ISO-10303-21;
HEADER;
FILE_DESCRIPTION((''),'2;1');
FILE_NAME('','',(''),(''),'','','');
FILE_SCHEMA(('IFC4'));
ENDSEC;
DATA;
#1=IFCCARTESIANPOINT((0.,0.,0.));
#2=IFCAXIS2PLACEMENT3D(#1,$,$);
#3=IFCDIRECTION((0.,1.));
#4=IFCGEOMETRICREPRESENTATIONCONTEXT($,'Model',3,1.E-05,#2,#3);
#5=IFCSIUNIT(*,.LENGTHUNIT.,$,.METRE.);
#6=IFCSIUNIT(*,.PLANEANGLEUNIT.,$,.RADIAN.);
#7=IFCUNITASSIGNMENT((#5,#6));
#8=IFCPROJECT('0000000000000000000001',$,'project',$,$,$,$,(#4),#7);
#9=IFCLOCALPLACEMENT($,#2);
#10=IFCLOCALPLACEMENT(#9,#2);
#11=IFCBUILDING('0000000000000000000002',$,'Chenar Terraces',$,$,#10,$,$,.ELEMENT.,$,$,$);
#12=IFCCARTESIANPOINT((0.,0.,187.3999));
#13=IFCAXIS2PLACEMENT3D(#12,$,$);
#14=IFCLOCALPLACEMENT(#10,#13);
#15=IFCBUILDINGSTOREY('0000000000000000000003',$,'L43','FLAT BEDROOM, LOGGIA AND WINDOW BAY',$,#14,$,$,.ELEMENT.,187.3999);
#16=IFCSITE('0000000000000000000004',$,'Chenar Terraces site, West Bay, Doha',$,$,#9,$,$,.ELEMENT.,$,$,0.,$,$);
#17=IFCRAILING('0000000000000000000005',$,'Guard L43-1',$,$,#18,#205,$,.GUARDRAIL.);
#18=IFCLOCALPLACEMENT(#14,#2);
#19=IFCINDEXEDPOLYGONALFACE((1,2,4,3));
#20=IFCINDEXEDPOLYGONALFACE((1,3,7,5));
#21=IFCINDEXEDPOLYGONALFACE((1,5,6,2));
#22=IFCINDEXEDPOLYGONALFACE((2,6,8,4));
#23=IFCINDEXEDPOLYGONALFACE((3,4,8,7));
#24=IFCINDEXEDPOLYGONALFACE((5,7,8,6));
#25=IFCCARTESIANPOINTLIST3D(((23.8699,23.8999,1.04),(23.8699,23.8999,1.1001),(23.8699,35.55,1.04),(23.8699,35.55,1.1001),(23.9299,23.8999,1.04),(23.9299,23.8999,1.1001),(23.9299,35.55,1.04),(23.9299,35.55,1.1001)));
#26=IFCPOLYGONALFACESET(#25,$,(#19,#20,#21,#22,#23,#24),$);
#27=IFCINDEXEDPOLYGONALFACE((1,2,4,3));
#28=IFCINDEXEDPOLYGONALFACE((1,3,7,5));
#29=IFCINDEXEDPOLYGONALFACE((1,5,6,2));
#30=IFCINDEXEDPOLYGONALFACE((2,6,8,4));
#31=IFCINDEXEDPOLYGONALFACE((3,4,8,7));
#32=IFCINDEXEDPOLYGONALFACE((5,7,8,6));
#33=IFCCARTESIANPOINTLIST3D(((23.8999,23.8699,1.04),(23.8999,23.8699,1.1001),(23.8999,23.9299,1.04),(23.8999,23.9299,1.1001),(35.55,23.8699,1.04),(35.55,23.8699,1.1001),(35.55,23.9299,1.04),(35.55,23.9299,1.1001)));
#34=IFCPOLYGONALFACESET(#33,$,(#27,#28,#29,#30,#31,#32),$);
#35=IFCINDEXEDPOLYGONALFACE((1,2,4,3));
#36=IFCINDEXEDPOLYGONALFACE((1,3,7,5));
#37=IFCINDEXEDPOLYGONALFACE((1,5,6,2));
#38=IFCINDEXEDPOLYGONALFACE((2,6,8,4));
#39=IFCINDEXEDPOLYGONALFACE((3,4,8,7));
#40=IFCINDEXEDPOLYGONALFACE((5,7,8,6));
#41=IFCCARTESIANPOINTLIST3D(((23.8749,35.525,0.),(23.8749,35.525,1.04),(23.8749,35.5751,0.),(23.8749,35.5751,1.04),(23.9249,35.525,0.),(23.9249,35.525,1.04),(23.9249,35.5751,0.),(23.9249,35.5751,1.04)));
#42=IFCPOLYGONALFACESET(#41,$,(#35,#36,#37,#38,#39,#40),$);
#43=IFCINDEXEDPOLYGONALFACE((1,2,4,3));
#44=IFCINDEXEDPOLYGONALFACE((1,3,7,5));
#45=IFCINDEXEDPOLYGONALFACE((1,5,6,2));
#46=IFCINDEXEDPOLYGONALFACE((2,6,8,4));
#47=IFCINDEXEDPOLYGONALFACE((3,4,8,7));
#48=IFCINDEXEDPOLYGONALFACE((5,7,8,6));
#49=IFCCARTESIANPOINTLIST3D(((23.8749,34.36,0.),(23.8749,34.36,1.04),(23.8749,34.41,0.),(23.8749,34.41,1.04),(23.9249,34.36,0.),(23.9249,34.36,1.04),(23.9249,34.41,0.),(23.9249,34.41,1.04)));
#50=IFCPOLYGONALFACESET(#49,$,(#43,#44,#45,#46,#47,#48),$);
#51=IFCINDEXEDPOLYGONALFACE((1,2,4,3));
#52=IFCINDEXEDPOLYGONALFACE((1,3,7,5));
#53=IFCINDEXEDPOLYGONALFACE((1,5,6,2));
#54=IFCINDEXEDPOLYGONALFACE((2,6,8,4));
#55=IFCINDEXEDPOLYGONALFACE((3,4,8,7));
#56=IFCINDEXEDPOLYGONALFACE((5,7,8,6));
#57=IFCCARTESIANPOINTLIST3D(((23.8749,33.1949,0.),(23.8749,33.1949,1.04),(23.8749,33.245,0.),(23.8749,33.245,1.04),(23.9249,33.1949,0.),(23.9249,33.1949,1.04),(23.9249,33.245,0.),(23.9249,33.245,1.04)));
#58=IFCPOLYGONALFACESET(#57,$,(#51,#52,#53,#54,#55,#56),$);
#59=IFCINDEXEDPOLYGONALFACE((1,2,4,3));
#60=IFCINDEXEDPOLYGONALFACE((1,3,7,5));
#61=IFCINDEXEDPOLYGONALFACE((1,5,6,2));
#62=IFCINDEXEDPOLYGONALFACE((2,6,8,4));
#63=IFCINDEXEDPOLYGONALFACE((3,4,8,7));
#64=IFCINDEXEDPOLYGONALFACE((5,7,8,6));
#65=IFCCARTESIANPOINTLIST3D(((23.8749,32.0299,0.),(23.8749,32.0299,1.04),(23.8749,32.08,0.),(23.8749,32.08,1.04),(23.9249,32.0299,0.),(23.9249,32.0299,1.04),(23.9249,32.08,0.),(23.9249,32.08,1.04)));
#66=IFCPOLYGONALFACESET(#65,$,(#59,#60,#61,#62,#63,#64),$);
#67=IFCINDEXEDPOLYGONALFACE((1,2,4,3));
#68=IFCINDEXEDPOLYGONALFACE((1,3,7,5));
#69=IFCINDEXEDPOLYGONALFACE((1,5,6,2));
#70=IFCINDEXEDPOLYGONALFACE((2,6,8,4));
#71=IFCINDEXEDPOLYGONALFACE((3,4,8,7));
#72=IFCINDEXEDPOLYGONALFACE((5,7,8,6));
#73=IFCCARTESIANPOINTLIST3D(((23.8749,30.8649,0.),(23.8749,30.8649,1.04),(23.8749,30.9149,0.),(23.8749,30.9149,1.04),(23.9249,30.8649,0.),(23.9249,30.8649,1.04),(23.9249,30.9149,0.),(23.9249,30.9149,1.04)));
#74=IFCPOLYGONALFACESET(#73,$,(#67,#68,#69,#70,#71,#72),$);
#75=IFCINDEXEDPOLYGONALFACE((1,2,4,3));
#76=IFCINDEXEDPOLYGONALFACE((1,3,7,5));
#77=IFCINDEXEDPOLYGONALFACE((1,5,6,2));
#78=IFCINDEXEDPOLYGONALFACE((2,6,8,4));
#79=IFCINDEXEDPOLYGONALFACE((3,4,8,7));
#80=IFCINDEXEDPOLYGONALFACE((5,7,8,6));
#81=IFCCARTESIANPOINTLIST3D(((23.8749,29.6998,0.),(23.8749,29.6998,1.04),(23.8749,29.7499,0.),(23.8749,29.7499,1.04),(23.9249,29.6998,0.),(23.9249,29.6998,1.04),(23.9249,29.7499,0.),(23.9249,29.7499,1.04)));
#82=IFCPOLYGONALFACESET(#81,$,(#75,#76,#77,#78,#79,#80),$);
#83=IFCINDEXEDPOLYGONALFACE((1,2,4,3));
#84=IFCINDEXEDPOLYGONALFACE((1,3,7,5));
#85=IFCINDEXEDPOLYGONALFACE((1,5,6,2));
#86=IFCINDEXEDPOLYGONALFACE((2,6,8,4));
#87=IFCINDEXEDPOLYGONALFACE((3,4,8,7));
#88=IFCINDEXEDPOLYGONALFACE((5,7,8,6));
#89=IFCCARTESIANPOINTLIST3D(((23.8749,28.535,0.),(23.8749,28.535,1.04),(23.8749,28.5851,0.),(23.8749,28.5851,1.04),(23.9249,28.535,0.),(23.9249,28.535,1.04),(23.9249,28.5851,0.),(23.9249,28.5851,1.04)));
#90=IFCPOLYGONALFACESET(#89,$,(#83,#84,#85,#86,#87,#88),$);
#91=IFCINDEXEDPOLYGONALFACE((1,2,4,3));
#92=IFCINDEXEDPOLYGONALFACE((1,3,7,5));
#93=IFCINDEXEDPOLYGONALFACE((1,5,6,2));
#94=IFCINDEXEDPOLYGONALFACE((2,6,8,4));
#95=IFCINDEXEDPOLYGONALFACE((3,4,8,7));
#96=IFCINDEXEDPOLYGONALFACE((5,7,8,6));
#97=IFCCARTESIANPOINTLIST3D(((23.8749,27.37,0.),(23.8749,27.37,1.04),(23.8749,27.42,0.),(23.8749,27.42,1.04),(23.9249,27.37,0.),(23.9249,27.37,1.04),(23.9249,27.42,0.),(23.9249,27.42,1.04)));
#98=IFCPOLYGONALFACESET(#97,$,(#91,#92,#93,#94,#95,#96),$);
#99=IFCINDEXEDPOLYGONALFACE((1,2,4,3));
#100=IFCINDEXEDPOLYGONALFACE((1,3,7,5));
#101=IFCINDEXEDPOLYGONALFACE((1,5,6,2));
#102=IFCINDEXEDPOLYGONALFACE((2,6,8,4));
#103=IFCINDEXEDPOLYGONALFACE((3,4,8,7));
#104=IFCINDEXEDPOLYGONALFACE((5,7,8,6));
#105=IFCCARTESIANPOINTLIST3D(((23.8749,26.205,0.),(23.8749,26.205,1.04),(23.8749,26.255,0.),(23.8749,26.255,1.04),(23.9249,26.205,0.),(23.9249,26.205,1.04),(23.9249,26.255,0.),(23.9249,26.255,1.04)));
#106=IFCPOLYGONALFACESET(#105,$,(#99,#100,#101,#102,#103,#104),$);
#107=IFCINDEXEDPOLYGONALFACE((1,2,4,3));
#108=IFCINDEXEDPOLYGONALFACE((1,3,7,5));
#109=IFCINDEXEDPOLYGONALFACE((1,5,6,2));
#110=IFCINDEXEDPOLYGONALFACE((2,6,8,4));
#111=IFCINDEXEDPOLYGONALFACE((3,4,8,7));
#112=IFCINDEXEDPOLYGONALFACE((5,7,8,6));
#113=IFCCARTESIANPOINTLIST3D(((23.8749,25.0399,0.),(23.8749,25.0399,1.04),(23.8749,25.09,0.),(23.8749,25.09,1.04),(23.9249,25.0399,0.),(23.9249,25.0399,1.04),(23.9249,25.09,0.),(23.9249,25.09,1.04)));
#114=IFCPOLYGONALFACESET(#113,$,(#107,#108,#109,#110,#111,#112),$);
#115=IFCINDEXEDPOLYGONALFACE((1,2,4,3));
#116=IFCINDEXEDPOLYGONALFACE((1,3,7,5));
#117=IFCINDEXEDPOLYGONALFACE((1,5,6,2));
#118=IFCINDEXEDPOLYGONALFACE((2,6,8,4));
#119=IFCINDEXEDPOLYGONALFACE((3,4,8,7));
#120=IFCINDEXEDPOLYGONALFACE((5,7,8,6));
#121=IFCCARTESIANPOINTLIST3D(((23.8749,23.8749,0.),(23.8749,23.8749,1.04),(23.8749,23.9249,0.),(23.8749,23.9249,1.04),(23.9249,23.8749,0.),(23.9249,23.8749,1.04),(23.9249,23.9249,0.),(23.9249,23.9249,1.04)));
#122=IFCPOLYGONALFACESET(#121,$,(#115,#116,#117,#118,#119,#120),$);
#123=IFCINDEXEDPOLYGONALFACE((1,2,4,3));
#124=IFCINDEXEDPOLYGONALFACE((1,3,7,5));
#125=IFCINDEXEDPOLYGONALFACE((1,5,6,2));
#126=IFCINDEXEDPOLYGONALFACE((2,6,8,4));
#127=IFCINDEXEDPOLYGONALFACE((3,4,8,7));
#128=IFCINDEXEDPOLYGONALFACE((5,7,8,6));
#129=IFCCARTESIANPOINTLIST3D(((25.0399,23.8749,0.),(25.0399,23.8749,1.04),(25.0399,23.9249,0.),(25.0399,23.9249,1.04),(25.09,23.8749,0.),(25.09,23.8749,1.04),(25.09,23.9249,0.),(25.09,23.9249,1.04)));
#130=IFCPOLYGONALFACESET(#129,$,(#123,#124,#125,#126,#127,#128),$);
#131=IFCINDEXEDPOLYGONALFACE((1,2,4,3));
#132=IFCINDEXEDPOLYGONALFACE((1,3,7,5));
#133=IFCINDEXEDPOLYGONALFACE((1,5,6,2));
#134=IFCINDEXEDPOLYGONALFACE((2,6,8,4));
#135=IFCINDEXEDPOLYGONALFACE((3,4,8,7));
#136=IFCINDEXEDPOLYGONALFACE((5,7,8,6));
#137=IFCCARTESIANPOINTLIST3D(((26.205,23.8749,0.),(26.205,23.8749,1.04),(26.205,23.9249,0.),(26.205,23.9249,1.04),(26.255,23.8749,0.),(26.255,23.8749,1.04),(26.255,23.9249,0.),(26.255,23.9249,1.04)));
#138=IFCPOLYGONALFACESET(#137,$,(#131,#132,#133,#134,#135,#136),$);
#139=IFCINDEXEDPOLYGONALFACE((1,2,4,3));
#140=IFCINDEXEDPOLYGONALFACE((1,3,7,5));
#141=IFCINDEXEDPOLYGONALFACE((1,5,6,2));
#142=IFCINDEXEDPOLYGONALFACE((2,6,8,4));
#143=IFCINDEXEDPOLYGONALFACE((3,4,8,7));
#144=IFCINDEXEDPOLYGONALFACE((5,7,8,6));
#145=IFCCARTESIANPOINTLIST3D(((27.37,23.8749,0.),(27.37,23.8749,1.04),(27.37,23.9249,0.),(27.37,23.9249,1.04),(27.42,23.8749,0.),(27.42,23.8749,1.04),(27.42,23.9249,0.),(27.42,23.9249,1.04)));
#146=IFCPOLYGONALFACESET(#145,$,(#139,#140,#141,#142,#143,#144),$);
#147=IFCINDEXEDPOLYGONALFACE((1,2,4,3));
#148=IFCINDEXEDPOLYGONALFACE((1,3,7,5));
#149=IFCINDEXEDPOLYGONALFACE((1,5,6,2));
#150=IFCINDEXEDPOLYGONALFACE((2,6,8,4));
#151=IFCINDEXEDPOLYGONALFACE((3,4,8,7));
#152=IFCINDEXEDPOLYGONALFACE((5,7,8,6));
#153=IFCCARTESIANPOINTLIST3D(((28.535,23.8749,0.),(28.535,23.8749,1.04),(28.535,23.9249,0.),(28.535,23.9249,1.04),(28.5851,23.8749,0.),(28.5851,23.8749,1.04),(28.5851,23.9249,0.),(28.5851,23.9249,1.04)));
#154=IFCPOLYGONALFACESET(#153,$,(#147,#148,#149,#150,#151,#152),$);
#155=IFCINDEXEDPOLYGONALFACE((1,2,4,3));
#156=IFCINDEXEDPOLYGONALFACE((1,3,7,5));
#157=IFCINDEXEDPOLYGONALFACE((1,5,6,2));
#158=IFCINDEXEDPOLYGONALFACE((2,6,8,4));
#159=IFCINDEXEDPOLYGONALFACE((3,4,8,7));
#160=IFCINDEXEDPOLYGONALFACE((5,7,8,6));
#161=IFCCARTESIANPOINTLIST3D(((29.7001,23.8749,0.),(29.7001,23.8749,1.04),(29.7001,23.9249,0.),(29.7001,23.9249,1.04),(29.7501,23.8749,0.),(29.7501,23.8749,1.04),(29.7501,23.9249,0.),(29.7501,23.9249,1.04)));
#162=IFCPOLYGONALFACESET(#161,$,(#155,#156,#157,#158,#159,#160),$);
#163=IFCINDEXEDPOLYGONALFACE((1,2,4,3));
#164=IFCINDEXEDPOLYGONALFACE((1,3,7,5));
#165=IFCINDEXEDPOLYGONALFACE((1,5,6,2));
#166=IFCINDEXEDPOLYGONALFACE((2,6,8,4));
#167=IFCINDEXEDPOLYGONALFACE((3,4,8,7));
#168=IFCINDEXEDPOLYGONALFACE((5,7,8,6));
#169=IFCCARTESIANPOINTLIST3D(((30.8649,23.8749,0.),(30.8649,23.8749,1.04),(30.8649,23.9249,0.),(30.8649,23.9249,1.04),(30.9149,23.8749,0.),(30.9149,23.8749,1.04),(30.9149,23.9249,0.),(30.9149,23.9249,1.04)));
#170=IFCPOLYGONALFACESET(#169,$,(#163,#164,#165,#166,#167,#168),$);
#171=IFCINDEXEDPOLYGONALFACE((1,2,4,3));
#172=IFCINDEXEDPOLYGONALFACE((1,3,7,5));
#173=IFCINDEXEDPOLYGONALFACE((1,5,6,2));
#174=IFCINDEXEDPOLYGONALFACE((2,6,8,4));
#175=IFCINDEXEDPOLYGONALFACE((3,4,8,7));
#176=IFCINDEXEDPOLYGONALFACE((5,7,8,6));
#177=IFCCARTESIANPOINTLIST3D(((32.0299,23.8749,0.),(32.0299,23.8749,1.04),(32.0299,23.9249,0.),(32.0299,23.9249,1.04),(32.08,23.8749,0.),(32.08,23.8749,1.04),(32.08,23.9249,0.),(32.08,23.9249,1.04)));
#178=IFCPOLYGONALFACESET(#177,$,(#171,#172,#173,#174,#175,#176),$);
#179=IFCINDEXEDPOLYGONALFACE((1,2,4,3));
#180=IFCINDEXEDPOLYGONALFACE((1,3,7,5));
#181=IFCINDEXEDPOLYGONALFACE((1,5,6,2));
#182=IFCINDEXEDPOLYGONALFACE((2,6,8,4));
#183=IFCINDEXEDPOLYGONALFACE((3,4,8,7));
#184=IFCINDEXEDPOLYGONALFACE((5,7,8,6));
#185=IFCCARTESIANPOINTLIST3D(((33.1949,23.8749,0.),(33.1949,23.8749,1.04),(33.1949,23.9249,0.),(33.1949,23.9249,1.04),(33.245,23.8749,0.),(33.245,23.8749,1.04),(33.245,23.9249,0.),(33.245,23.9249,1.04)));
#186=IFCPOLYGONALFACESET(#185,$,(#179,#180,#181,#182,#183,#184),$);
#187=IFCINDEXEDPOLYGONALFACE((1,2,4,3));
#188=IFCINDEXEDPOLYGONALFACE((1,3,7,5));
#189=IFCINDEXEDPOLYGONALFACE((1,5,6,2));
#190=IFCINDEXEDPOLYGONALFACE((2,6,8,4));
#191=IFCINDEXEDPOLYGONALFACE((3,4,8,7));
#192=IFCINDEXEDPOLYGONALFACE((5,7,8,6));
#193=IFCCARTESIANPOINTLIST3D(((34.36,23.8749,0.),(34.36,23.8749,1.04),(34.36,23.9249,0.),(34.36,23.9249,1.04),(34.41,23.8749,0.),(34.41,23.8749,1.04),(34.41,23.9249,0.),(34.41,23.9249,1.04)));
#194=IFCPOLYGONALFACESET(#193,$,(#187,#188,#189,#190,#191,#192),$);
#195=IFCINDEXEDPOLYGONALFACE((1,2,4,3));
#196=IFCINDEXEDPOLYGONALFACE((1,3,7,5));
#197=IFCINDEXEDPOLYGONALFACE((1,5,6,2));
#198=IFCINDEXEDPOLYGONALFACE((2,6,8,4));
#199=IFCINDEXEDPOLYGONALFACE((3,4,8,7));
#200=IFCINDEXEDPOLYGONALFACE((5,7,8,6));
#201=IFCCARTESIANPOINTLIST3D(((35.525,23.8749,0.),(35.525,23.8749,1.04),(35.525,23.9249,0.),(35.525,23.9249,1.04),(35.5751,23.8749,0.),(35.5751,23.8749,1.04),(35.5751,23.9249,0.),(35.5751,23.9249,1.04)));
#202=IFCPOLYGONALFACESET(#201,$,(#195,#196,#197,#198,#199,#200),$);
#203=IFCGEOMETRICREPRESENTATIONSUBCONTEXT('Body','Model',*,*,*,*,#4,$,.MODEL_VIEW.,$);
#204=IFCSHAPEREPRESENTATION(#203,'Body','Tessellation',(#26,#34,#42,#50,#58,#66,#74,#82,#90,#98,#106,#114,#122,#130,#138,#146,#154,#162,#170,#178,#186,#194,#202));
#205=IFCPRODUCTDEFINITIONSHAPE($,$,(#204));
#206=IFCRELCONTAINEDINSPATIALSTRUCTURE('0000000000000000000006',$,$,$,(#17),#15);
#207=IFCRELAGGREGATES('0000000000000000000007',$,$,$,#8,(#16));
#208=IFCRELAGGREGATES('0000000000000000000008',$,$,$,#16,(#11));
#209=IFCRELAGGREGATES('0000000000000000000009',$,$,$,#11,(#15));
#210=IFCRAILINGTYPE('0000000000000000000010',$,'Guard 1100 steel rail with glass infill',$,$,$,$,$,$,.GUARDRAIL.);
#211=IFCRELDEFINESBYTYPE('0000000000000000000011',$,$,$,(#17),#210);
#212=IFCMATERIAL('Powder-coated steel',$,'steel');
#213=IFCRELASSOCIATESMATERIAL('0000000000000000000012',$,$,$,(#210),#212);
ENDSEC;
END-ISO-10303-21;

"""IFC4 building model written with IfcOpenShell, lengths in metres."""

from ifc_helpers import new_model, si_unit, direction, frame, origin, origin_2d, place, context, subcontext, project, spatial, rectangle, extrude, material, type_object, element, save


model = new_model("IFC4")

# Units and contexts
model_context = context("Model", 3, precision=1e-05, world=origin(), true_north=direction((0.0, 1.0)))
body_context = subcontext(model_context, "Body", "Model", "MODEL_VIEW")
ifc_project = project(units=[si_unit("LENGTHUNIT", "METRE"), si_unit("PLANEANGLEUNIT", "RADIAN")], contexts=[model_context])

# Site, building, storey
site_placement = place(None, origin())
site = spatial("IfcSite", under=ifc_project, at=site_placement, Name="Chenar Terraces site, West Bay, Doha", CompositionType="ELEMENT", RefElevation=0.0)
building_placement = place(site_placement, origin())
building = spatial("IfcBuilding", under=site, at=building_placement, Name="Chenar Terraces", CompositionType="ELEMENT")
storey_placement = place(building_placement, frame((0.0, 0.0, 187.3999)))
storey = spatial("IfcBuildingStorey", under=building, at=storey_placement, Name="L43", Description="FLAT BEDROOM, LOGGIA AND WINDOW BAY", CompositionType="ELEMENT", Elevation=187.3999)

# Railing
ifc_material_1 = material(Name="Powder-coated steel", Category="steel")
railing_type = type_object("IfcRailingType", Name="Guard 1100 steel rail with glass infill", PredefinedType="GUARDRAIL", material=ifc_material_1)
railing_placement = place(storey_placement, frame((23.8999, 35.55, 0.0)))
element("IfcRailing", 1, at=railing_placement, inside=storey, type_object=railing_type, Name="Guard L43-1", PredefinedType="GUARDRAIL", context=body_context, shape_type="SweptSolid", body=[
    extrude(rectangle(XDim=0.0601, YDim=0.0601, at=origin_2d()), frame((0.0, 0.0, 1.0701), z_axis=(0.0, -1.0, 0.0), x_axis=(1.0, 0.0, 0.0)), (0.0, 0.0, 1.0), 11.6501),
    extrude(rectangle(XDim=0.0601, YDim=0.0601, at=origin_2d()), frame((0.0, -11.6501, 1.0701), z_axis=(1.0, 0.0, 0.0), x_axis=(0.0, 1.0, 0.0)), (0.0, 0.0, 1.0), 11.6501),
    extrude(rectangle(XDim=0.05, YDim=0.05, at=origin_2d()), origin(), (0.0, 0.0, 1.0), 1.04),
    extrude(rectangle(XDim=0.05, YDim=0.05, at=origin_2d()), frame((0.0, -1.165, 0.0)), (0.0, 0.0, 1.0), 1.04),
    extrude(rectangle(XDim=0.05, YDim=0.05, at=origin_2d()), frame((0.0, -2.3301, 0.0)), (0.0, 0.0, 1.0), 1.04),
    extrude(rectangle(XDim=0.05, YDim=0.05, at=origin_2d()), frame((0.0, -3.4951, 0.0)), (0.0, 0.0, 1.0), 1.04),
    extrude(rectangle(XDim=0.05, YDim=0.05, at=origin_2d()), frame((0.0, -4.6602, 0.0)), (0.0, 0.0, 1.0), 1.04),
    extrude(rectangle(XDim=0.05, YDim=0.05, at=origin_2d()), frame((0.0, -5.8252, 0.0)), (0.0, 0.0, 1.0), 1.04),
    extrude(rectangle(XDim=0.05, YDim=0.05, at=origin_2d()), frame((0.0, -6.99, 0.0)), (0.0, 0.0, 1.0), 1.04),
    extrude(rectangle(XDim=0.05, YDim=0.05, at=origin_2d()), frame((0.0, -8.155, 0.0)), (0.0, 0.0, 1.0), 1.04),
    extrude(rectangle(XDim=0.05, YDim=0.05, at=origin_2d()), frame((0.0, -9.3201, 0.0)), (0.0, 0.0, 1.0), 1.04),
    extrude(rectangle(XDim=0.05, YDim=0.05, at=origin_2d()), frame((0.0, -10.4851, 0.0)), (0.0, 0.0, 1.0), 1.04),
    extrude(rectangle(XDim=0.05, YDim=0.05, at=origin_2d()), frame((0.0, -11.6501, 0.0)), (0.0, 0.0, 1.0), 1.04),
    extrude(rectangle(XDim=0.05, YDim=0.05, at=origin_2d()), frame((1.165, -11.6501, 0.0)), (0.0, 0.0, 1.0), 1.04),
    extrude(rectangle(XDim=0.05, YDim=0.05, at=origin_2d()), frame((2.3301, -11.6501, 0.0)), (0.0, 0.0, 1.0), 1.04),
    extrude(rectangle(XDim=0.05, YDim=0.05, at=origin_2d()), frame((3.4951, -11.6501, 0.0)), (0.0, 0.0, 1.0), 1.04),
    extrude(rectangle(XDim=0.05, YDim=0.05, at=origin_2d()), frame((4.6602, -11.6501, 0.0)), (0.0, 0.0, 1.0), 1.04),
    extrude(rectangle(XDim=0.05, YDim=0.05, at=origin_2d()), frame((5.8252, -11.6501, 0.0)), (0.0, 0.0, 1.0), 1.04),
    extrude(rectangle(XDim=0.05, YDim=0.05, at=origin_2d()), frame((6.99, -11.6501, 0.0)), (0.0, 0.0, 1.0), 1.04),
    extrude(rectangle(XDim=0.05, YDim=0.05, at=origin_2d()), frame((8.155, -11.6501, 0.0)), (0.0, 0.0, 1.0), 1.04),
    extrude(rectangle(XDim=0.05, YDim=0.05, at=origin_2d()), frame((9.3201, -11.6501, 0.0)), (0.0, 0.0, 1.0), 1.04),
    extrude(rectangle(XDim=0.05, YDim=0.05, at=origin_2d()), frame((10.4851, -11.6501, 0.0)), (0.0, 0.0, 1.0), 1.04),
    extrude(rectangle(XDim=0.05, YDim=0.05, at=origin_2d()), frame((11.6501, -11.6501, 0.0)), (0.0, 0.0, 1.0), 1.04),
])

save(model, "model.ifc")
